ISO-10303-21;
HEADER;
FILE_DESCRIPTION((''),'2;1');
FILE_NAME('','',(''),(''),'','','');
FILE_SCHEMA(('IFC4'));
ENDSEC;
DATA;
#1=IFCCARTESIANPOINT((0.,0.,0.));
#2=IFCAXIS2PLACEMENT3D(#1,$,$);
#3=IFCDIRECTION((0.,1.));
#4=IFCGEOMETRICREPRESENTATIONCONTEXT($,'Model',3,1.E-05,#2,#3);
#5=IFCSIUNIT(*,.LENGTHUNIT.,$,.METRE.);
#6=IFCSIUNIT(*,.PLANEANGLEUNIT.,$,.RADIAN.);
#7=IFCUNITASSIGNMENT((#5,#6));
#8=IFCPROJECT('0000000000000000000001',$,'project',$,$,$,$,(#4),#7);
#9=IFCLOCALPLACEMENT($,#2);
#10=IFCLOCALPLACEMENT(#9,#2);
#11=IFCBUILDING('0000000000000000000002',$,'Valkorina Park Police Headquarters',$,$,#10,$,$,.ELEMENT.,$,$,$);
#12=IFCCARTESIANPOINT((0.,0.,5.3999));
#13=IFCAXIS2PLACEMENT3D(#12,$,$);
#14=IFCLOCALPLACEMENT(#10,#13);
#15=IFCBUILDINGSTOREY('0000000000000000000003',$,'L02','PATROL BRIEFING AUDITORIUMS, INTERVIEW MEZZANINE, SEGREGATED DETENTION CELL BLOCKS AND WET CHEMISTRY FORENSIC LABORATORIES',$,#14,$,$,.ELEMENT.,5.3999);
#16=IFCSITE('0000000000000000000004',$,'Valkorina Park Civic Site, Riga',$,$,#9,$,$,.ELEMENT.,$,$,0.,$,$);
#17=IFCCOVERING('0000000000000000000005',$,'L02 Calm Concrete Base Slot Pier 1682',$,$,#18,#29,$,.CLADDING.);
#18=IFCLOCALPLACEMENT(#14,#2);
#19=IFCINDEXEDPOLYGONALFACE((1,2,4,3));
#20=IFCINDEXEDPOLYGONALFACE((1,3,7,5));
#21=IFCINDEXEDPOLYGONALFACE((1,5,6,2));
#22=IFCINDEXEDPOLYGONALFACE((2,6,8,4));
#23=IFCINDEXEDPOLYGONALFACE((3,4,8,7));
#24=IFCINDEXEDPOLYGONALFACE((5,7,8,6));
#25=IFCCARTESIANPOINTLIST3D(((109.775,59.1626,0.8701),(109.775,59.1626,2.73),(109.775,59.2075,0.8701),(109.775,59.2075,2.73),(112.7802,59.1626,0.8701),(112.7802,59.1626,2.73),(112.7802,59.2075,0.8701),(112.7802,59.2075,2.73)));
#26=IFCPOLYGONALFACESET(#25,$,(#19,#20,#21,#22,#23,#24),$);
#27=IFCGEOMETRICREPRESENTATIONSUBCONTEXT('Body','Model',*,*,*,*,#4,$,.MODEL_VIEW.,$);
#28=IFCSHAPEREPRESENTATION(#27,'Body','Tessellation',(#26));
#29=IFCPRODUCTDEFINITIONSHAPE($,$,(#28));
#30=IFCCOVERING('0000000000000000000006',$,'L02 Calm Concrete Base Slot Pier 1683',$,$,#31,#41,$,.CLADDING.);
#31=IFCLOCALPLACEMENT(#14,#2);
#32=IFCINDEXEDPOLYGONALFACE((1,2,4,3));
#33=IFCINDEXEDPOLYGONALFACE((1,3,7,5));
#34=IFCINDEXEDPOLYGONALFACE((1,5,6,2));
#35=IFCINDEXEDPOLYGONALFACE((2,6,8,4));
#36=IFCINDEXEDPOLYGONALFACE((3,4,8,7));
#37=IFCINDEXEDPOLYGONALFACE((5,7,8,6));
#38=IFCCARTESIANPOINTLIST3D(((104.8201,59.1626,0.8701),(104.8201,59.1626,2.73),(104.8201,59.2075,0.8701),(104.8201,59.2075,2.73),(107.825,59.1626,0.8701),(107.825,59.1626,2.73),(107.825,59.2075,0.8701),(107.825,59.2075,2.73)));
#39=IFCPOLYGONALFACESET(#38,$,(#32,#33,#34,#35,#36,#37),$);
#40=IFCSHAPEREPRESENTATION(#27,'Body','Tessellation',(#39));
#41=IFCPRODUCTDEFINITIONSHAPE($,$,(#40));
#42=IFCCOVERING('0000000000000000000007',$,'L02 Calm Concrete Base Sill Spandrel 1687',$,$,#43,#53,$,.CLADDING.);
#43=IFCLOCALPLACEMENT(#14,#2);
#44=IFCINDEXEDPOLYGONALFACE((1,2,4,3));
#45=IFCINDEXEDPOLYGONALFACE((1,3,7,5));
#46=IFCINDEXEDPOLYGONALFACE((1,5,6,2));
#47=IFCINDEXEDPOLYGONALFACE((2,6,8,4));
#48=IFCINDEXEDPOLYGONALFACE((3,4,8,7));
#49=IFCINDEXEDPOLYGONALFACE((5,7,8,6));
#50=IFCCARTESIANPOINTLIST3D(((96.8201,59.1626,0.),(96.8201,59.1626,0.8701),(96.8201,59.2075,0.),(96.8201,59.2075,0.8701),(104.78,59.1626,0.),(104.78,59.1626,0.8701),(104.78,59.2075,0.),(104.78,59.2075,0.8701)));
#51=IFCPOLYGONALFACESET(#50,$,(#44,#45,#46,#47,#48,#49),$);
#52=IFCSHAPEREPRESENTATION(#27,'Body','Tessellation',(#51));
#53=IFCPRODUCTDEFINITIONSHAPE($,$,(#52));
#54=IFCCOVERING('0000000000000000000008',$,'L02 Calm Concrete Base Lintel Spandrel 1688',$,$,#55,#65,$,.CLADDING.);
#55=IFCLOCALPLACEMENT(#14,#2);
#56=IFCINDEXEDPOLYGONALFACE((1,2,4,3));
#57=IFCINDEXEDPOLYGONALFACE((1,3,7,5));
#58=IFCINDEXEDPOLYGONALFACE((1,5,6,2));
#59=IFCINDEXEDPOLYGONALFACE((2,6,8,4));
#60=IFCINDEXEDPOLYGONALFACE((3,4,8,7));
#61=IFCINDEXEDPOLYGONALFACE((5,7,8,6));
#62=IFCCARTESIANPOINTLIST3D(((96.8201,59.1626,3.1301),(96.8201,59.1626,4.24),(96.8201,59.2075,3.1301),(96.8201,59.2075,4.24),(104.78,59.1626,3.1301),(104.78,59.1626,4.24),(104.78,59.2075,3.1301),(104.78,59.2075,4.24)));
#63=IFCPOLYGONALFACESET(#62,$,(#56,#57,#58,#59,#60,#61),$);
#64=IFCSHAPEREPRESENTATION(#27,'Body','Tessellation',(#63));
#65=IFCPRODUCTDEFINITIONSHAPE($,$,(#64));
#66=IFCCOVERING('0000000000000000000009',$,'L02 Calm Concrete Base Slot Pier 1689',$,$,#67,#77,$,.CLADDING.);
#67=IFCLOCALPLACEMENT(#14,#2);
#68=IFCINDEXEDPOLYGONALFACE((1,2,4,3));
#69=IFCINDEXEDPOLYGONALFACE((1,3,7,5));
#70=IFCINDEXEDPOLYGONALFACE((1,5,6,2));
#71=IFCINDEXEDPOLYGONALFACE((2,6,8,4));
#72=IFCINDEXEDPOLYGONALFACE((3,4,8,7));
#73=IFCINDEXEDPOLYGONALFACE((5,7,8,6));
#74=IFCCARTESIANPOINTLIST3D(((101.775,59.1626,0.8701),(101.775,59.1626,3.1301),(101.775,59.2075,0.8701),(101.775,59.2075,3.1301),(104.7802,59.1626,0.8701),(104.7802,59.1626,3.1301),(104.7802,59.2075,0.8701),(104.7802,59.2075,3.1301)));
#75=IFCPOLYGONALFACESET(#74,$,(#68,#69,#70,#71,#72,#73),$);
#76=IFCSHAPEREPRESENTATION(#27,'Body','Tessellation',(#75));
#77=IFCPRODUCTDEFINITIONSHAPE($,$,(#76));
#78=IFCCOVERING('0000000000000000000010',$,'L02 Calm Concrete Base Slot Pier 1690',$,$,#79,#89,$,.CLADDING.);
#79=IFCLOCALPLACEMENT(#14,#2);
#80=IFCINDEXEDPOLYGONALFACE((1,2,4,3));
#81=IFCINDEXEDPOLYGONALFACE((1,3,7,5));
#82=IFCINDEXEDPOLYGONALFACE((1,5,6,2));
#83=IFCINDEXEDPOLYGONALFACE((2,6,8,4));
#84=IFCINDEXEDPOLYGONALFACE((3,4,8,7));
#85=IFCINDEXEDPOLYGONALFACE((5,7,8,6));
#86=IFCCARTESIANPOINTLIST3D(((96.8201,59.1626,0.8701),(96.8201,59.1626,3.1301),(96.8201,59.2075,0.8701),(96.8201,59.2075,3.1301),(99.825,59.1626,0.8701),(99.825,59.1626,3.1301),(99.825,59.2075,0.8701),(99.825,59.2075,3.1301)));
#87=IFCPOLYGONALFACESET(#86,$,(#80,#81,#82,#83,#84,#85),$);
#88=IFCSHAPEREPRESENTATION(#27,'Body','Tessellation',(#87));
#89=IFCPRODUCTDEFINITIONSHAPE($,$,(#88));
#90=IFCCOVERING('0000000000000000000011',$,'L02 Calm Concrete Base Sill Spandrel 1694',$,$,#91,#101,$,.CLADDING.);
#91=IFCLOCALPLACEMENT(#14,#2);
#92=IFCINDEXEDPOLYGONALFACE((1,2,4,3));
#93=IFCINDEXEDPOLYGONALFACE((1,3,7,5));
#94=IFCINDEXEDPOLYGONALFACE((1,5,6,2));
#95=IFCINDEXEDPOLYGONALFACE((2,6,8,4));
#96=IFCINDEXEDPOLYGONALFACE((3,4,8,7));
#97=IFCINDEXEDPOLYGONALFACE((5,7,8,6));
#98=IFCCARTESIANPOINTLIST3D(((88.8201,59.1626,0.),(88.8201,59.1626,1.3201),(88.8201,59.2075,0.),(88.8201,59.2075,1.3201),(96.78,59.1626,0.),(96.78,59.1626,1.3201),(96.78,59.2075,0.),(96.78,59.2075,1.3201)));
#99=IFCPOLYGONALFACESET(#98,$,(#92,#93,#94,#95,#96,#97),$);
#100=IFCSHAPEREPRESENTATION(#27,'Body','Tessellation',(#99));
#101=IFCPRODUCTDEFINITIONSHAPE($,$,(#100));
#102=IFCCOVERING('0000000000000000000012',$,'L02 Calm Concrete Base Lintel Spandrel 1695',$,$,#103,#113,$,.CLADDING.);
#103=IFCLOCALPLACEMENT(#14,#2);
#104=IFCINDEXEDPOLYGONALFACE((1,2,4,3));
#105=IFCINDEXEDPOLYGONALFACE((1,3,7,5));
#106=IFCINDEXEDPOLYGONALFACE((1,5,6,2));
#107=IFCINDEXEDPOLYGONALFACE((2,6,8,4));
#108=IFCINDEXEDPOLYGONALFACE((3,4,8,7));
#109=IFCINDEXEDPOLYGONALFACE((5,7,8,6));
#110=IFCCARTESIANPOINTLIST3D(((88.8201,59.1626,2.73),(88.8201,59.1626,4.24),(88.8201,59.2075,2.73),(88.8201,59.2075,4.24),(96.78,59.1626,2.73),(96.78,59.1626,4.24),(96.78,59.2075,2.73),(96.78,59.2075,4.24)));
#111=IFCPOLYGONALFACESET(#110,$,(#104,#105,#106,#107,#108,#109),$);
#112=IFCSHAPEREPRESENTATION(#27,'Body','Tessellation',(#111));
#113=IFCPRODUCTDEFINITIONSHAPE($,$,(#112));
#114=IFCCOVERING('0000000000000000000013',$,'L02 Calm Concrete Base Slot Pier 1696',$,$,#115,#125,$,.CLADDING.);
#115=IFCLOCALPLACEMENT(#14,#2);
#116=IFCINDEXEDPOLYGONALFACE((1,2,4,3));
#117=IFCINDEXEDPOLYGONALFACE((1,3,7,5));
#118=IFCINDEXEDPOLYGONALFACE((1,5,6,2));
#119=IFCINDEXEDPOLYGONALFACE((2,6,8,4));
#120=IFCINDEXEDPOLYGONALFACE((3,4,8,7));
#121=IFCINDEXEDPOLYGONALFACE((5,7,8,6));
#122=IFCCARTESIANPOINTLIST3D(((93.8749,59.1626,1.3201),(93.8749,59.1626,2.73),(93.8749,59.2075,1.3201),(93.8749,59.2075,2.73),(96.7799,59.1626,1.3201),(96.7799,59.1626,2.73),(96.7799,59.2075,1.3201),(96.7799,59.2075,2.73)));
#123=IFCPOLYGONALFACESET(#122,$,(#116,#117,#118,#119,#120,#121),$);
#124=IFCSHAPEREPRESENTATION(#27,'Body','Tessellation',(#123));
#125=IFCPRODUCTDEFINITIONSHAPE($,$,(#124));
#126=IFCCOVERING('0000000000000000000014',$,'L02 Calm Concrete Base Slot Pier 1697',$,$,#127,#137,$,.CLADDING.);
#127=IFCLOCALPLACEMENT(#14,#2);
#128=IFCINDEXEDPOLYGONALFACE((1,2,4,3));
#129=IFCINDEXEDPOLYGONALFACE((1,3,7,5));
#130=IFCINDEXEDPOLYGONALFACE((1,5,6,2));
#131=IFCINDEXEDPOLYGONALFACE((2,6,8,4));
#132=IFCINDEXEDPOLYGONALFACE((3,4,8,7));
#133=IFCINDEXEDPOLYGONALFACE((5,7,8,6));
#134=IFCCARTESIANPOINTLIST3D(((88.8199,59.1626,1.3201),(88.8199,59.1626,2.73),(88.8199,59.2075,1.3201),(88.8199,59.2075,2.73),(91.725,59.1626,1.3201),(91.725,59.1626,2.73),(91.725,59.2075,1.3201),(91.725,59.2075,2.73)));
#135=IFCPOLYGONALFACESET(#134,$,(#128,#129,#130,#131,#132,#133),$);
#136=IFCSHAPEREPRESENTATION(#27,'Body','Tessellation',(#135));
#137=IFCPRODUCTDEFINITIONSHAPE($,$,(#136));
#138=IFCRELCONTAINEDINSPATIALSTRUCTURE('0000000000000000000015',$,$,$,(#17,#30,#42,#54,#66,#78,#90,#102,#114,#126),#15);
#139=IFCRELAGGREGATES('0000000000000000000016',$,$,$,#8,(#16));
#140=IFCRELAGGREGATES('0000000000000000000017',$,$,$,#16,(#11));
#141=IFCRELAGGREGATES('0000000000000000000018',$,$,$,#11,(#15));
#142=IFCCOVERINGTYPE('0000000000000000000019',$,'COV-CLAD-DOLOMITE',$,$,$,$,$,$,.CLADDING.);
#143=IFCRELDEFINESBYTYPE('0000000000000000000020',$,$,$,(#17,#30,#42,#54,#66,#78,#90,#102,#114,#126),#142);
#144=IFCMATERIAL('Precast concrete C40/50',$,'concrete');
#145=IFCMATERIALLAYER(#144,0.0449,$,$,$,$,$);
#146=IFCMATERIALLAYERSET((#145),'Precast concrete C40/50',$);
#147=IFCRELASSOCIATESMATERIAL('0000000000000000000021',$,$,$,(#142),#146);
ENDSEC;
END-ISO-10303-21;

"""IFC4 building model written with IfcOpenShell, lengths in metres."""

from ifc_helpers import new_model, si_unit, direction, frame, frame_2d, origin, place, context, subcontext, project, spatial, rectangle, extrude, material, layer, layer_set, type_object, element, save


model = new_model("IFC4")

# Units and contexts
model_context = context("Model", 3, precision=1e-05, world=origin(), true_north=direction((0.0, 1.0)))
body_context = subcontext(model_context, "Body", "Model", "MODEL_VIEW")
ifc_project = project(units=[si_unit("LENGTHUNIT", "METRE"), si_unit("PLANEANGLEUNIT", "RADIAN")], contexts=[model_context])

# Site, building, storey
site_placement = place(None, origin())
site = spatial("IfcSite", under=ifc_project, at=site_placement, Name="Valkorina Park Civic Site, Riga", CompositionType="ELEMENT", RefElevation=0.0)
building_placement = place(site_placement, origin())
building = spatial("IfcBuilding", under=site, at=building_placement, Name="Valkorina Park Police Headquarters", CompositionType="ELEMENT")
storey_placement = place(building_placement, frame((0.0, 0.0, 5.3999)))
storey = spatial("IfcBuildingStorey", under=building, at=storey_placement, Name="L02", Description="PATROL BRIEFING AUDITORIUMS, INTERVIEW MEZZANINE, SEGREGATED DETENTION CELL BLOCKS AND WET CHEMISTRY FORENSIC LABORATORIES", CompositionType="ELEMENT", Elevation=5.3999)

# Coverings
ifc_material_1 = material(Name="Precast concrete C40/50", Category="concrete")
ifc_layer = layer(ifc_material_1, 0.0449)
ifc_layer_set = layer_set([ifc_layer], Name="Precast concrete C40/50")
covering_type = type_object("IfcCoveringType", Name="COV-CLAD-DOLOMITE", PredefinedType="CLADDING", material=ifc_layer_set)
covering_1_placement = place(storey_placement, frame((112.78, 59.1851, 0.8701), z_axis=(0.0, 0.0, 1.0), x_axis=(-1.0, 0.0, 0.0)))
element("IfcCovering", 1, at=covering_1_placement, inside=storey, type_object=covering_type, Name="L02 Calm Concrete Base Slot Pier 1682", PredefinedType="CLADDING", context=body_context, shape_type="SweptSolid", body=[
    extrude(rectangle(XDim=3.0051, YDim=0.0449, at=frame_2d((1.5024, 0.0))), origin(), (0.0, 0.0, 1.0), 1.8599),
])
covering_2_placement = place(storey_placement, frame((107.825, 59.1851, 0.8701), z_axis=(0.0, 0.0, 1.0), x_axis=(-1.0, 0.0, 0.0)))
element("IfcCovering", 2, at=covering_2_placement, inside=storey, type_object=covering_type, Name="L02 Calm Concrete Base Slot Pier 1683", PredefinedType="CLADDING", context=body_context, shape_type="SweptSolid", body=[
    extrude(rectangle(XDim=3.0049, YDim=0.0449, at=frame_2d((1.5024, 0.0))), origin(), (0.0, 0.0, 1.0), 1.8599),
])
covering_3_placement = place(storey_placement, frame((104.78, 59.1851, 0.0), z_axis=(0.0, 0.0, 1.0), x_axis=(-1.0, 0.0, 0.0)))
element("IfcCovering", 3, at=covering_3_placement, inside=storey, type_object=covering_type, Name="L02 Calm Concrete Base Sill Spandrel 1687", PredefinedType="CLADDING", context=body_context, shape_type="SweptSolid", body=[
    extrude(rectangle(XDim=7.96, YDim=0.0449, at=frame_2d((3.98, 0.0))), origin(), (0.0, 0.0, 1.0), 0.8701),
])
covering_4_placement = place(storey_placement, frame((104.78, 59.1851, 3.1301), z_axis=(0.0, 0.0, 1.0), x_axis=(-1.0, 0.0, 0.0)))
element("IfcCovering", 4, at=covering_4_placement, inside=storey, type_object=covering_type, Name="L02 Calm Concrete Base Lintel Spandrel 1688", PredefinedType="CLADDING", context=body_context, shape_type="SweptSolid", body=[
    extrude(rectangle(XDim=7.96, YDim=0.0449, at=frame_2d((3.98, 0.0))), origin(), (0.0, 0.0, 1.0), 1.1099),
])
covering_5_placement = place(storey_placement, frame((104.78, 59.1851, 0.8701), z_axis=(0.0, 0.0, 1.0), x_axis=(-1.0, 0.0, 0.0)))
element("IfcCovering", 5, at=covering_5_placement, inside=storey, type_object=covering_type, Name="L02 Calm Concrete Base Slot Pier 1689", PredefinedType="CLADDING", context=body_context, shape_type="SweptSolid", body=[
    extrude(rectangle(XDim=3.0051, YDim=0.0449, at=frame_2d((1.5024, 0.0))), origin(), (0.0, 0.0, 1.0), 2.26),
])
covering_6_placement = place(storey_placement, frame((99.825, 59.1851, 0.8701), z_axis=(0.0, 0.0, 1.0), x_axis=(-1.0, 0.0, 0.0)))
element("IfcCovering", 6, at=covering_6_placement, inside=storey, type_object=covering_type, Name="L02 Calm Concrete Base Slot Pier 1690", PredefinedType="CLADDING", context=body_context, shape_type="SweptSolid", body=[
    extrude(rectangle(XDim=3.0049, YDim=0.0449, at=frame_2d((1.5024, 0.0))), origin(), (0.0, 0.0, 1.0), 2.26),
])
covering_7_placement = place(storey_placement, frame((96.78, 59.1851, 0.0), z_axis=(0.0, 0.0, 1.0), x_axis=(-1.0, 0.0, 0.0)))
element("IfcCovering", 7, at=covering_7_placement, inside=storey, type_object=covering_type, Name="L02 Calm Concrete Base Sill Spandrel 1694", PredefinedType="CLADDING", context=body_context, shape_type="SweptSolid", body=[
    extrude(rectangle(XDim=7.96, YDim=0.0449, at=frame_2d((3.98, 0.0))), origin(), (0.0, 0.0, 1.0), 1.3201),
])
covering_8_placement = place(storey_placement, frame((96.78, 59.1851, 2.73), z_axis=(0.0, 0.0, 1.0), x_axis=(-1.0, 0.0, 0.0)))
element("IfcCovering", 8, at=covering_8_placement, inside=storey, type_object=covering_type, Name="L02 Calm Concrete Base Lintel Spandrel 1695", PredefinedType="CLADDING", context=body_context, shape_type="SweptSolid", body=[
    extrude(rectangle(XDim=7.96, YDim=0.0449, at=frame_2d((3.98, 0.0))), origin(), (0.0, 0.0, 1.0), 1.51),
])
for number, where, z_axis, x_axis, name in (
    (9, (96.78, 59.1851, 1.3201), (0.0, 0.0, 1.0), (-1.0, 0.0, 0.0), "L02 Calm Concrete Base Slot Pier 1696"),
    (10, (91.7251, 59.1851, 1.3201), (0.0, 0.0, 1.0), (-1.0, 0.0, 0.0), "L02 Calm Concrete Base Slot Pier 1697"),
):
    element("IfcCovering", number, at=place(storey_placement, frame(where, z_axis=z_axis, x_axis=x_axis)), inside=storey, type_object=covering_type, Name=name, PredefinedType="CLADDING", context=body_context, shape_type="SweptSolid", body=[
        extrude(rectangle(XDim=2.905, YDim=0.0449, at=frame_2d((1.4526, 0.0))), origin(), (0.0, 0.0, 1.0), 1.4099),
    ])

save(model, "model.ifc")
